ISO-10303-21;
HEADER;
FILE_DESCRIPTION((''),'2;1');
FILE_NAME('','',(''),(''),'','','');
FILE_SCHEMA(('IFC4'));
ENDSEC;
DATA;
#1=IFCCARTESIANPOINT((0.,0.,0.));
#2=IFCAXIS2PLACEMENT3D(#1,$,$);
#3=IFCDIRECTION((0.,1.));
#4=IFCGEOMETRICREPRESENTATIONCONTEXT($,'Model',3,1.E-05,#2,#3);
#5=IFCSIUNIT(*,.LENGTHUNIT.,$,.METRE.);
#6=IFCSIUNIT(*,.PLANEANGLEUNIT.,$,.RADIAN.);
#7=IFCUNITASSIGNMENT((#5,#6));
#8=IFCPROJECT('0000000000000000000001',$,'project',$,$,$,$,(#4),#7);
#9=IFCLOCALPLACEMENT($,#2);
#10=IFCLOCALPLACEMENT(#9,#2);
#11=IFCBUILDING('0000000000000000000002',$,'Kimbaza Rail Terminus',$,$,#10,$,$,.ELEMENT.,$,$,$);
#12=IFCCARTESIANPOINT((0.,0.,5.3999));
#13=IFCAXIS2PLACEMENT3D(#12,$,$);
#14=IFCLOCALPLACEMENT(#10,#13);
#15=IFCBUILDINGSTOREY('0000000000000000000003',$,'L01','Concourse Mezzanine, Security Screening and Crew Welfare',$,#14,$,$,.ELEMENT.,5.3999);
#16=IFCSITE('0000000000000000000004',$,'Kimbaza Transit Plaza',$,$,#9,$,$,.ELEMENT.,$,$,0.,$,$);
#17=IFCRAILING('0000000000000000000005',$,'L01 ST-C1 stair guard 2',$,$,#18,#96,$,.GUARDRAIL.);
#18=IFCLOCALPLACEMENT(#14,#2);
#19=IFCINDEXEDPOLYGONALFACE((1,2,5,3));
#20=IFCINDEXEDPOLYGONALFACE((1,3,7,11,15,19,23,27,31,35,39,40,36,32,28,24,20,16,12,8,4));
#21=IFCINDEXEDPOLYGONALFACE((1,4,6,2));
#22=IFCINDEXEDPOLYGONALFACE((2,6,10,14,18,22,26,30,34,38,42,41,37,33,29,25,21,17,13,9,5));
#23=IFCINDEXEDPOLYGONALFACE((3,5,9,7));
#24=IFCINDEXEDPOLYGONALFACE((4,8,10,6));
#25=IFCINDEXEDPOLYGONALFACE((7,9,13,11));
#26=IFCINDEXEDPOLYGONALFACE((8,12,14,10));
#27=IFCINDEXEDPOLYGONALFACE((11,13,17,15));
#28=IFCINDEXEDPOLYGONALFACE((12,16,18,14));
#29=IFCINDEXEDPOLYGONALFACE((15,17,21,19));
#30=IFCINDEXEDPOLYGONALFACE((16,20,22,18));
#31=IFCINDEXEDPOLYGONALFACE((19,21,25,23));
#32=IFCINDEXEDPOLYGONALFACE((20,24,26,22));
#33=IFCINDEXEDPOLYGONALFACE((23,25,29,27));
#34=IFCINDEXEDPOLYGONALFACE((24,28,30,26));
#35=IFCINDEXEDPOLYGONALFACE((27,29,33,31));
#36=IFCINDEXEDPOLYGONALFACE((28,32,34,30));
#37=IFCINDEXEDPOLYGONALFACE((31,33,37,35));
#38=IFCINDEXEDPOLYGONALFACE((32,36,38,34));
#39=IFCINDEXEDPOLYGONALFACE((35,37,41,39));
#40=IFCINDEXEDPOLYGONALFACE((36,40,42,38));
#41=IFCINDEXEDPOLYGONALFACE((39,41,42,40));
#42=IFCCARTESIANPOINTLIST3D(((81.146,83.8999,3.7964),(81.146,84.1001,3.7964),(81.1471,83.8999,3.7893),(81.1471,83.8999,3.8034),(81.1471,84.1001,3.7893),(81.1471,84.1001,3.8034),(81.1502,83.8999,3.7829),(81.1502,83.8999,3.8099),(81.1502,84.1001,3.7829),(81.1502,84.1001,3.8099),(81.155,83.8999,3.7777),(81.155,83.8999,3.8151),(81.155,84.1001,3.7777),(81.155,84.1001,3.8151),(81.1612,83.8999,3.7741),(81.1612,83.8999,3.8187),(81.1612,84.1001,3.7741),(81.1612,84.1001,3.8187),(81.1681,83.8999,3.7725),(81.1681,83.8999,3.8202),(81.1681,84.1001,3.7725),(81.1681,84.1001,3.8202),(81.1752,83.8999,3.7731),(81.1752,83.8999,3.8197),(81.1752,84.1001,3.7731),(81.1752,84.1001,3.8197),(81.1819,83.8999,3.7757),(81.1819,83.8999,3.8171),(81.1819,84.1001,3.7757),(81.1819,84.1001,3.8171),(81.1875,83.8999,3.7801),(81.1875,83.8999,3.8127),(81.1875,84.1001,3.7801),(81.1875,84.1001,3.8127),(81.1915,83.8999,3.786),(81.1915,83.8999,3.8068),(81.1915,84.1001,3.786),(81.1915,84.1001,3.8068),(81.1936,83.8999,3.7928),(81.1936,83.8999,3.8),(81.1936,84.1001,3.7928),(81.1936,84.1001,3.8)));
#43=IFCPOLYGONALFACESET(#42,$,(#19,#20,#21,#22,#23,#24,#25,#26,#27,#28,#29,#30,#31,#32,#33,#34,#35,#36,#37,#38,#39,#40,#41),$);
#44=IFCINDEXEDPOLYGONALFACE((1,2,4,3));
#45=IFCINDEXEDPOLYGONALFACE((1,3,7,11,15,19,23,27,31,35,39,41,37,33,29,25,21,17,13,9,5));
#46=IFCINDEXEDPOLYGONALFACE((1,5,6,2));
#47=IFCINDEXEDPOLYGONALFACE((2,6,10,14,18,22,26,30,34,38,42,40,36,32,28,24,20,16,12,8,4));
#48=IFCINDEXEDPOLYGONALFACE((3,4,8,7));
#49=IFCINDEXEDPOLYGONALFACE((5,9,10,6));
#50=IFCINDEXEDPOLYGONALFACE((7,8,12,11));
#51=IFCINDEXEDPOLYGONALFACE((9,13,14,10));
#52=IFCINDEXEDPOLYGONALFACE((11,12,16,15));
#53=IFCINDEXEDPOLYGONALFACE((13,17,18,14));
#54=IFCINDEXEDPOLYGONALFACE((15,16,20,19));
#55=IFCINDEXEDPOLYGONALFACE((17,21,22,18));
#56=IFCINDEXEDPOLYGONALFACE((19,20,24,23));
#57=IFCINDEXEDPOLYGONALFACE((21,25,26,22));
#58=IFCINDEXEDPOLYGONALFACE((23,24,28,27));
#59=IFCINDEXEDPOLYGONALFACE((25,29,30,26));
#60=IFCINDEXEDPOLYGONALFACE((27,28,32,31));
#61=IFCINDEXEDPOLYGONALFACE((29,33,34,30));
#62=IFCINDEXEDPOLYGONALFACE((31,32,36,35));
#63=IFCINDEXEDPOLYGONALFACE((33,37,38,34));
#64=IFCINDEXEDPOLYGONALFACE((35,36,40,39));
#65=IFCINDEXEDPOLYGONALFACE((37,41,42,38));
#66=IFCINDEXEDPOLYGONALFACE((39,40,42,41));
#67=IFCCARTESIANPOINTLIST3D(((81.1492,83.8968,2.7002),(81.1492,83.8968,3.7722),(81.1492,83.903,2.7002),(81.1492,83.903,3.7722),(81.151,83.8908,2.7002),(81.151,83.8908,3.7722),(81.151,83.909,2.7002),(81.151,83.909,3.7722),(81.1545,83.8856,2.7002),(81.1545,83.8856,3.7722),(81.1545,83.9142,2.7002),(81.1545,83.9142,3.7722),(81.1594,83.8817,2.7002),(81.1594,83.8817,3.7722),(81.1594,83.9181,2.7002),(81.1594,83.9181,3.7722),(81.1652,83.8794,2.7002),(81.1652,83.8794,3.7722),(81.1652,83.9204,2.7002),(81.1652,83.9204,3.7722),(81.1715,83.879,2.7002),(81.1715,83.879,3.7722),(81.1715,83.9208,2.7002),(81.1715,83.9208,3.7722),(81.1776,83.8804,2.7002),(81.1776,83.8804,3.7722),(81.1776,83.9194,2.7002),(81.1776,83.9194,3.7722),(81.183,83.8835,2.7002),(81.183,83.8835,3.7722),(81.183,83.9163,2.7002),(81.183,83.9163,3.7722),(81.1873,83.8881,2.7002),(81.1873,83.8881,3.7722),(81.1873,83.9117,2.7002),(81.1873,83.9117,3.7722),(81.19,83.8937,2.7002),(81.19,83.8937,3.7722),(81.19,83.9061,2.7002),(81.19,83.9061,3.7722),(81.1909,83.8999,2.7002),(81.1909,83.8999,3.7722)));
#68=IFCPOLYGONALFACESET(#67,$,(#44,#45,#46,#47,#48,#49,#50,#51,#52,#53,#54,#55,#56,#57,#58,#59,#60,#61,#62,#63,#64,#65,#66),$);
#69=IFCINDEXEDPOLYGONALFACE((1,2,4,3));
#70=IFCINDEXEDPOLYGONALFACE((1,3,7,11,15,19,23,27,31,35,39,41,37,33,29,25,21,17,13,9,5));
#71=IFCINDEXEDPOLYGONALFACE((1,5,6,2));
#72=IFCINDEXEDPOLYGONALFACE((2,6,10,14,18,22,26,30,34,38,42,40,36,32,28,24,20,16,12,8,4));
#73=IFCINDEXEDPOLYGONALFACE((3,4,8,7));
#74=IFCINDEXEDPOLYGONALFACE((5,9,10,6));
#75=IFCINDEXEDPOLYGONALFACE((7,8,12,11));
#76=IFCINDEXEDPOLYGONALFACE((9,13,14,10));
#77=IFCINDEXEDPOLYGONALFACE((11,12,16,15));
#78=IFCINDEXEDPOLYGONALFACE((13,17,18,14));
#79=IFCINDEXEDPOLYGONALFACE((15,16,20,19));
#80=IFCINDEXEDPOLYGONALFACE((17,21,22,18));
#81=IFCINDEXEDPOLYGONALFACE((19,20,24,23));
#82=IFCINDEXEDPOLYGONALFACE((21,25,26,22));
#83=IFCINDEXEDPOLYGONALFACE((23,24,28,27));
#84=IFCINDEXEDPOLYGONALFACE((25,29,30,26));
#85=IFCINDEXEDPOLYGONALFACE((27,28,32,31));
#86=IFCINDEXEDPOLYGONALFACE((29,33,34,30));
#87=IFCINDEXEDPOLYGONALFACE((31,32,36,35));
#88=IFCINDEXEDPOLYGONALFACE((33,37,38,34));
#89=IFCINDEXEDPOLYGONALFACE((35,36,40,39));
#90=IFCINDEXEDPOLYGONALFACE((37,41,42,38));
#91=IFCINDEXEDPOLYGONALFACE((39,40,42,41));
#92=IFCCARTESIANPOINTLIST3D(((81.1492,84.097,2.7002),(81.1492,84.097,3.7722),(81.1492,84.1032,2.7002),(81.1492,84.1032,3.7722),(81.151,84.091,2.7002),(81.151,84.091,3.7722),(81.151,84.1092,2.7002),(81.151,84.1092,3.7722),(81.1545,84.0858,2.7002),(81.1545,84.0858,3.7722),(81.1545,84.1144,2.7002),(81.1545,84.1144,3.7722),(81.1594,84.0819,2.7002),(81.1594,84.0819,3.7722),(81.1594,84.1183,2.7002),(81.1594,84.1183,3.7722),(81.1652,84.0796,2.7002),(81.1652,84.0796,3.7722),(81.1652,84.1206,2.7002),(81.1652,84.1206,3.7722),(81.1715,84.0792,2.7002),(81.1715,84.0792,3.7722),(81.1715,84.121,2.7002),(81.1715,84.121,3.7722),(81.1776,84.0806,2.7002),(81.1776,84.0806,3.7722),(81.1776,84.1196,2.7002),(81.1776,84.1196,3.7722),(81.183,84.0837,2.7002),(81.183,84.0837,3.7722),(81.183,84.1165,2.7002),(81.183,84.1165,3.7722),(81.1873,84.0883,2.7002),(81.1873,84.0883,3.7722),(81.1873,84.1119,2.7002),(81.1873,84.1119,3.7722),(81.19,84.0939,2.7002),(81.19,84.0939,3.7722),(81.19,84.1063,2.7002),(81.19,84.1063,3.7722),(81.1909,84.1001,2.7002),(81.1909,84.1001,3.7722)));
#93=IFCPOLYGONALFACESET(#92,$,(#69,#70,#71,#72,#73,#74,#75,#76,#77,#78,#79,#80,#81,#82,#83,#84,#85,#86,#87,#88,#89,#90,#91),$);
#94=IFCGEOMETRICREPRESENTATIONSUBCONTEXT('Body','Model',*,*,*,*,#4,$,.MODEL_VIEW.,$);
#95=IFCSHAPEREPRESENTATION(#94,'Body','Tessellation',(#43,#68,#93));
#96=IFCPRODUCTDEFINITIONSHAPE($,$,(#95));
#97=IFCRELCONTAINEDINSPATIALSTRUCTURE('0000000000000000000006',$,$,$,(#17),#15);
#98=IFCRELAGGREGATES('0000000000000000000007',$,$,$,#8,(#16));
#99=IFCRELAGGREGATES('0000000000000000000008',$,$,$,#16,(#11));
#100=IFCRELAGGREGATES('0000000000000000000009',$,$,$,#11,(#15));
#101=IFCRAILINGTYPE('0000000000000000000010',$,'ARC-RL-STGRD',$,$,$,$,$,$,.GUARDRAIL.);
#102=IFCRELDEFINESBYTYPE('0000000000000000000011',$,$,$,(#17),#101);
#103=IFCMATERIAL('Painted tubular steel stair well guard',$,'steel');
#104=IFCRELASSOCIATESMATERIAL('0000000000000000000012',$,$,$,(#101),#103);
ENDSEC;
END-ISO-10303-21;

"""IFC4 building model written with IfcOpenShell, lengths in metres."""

from ifc_helpers import new_model, si_unit, direction, frame, origin, origin_2d, place, context, subcontext, project, spatial, circle, extrude, material, type_object, element, save


model = new_model("IFC4")

# Units and contexts
model_context = context("Model", 3, precision=1e-05, world=origin(), true_north=direction((0.0, 1.0)))
body_context = subcontext(model_context, "Body", "Model", "MODEL_VIEW")
ifc_project = project(units=[si_unit("LENGTHUNIT", "METRE"), si_unit("PLANEANGLEUNIT", "RADIAN")], contexts=[model_context])

# Site, building, storey
site_placement = place(None, origin())
site = spatial("IfcSite", under=ifc_project, at=site_placement, Name="Kimbaza Transit Plaza", CompositionType="ELEMENT", RefElevation=0.0)
building_placement = place(site_placement, origin())
building = spatial("IfcBuilding", under=site, at=building_placement, Name="Kimbaza Rail Terminus", CompositionType="ELEMENT")
storey_placement = place(building_placement, frame((0.0, 0.0, 5.3999)))
storey = spatial("IfcBuildingStorey", under=building, at=storey_placement, Name="L01", Description="Concourse Mezzanine, Security Screening and Crew Welfare", CompositionType="ELEMENT", Elevation=5.3999)

# Railing
ifc_material_1 = material(Name="Painted tubular steel stair well guard", Category="steel")
railing_type_1 = type_object("IfcRailingType", Name="ARC-RL-STGRD", PredefinedType="GUARDRAIL", material=ifc_material_1)
railing_1_placement = place(storey_placement, frame((81.1699, 83.8999, 2.7002)))
element("IfcRailing", 1, at=railing_1_placement, inside=storey, type_object=railing_type_1, Name="L01 ST-C1 stair guard 2", PredefinedType="GUARDRAIL", context=body_context, shape_type="SweptSolid", body=[
    extrude(circle(Radius=0.0239, at=origin_2d()), frame((0.0, 0.0, 1.0962), z_axis=(0.0, 1.0, 0.0), x_axis=(-1.0, 0.0, 0.0)), (0.0, 0.0, 1.0), 0.2002),
    extrude(circle(Radius=0.021, at=origin_2d()), origin(), (0.0, 0.0, 1.0), 1.072),
    extrude(circle(Radius=0.021, at=origin_2d()), frame((0.0, 0.2002, 0.0)), (0.0, 0.0, 1.0), 1.072),
])

save(model, "model.ifc")
